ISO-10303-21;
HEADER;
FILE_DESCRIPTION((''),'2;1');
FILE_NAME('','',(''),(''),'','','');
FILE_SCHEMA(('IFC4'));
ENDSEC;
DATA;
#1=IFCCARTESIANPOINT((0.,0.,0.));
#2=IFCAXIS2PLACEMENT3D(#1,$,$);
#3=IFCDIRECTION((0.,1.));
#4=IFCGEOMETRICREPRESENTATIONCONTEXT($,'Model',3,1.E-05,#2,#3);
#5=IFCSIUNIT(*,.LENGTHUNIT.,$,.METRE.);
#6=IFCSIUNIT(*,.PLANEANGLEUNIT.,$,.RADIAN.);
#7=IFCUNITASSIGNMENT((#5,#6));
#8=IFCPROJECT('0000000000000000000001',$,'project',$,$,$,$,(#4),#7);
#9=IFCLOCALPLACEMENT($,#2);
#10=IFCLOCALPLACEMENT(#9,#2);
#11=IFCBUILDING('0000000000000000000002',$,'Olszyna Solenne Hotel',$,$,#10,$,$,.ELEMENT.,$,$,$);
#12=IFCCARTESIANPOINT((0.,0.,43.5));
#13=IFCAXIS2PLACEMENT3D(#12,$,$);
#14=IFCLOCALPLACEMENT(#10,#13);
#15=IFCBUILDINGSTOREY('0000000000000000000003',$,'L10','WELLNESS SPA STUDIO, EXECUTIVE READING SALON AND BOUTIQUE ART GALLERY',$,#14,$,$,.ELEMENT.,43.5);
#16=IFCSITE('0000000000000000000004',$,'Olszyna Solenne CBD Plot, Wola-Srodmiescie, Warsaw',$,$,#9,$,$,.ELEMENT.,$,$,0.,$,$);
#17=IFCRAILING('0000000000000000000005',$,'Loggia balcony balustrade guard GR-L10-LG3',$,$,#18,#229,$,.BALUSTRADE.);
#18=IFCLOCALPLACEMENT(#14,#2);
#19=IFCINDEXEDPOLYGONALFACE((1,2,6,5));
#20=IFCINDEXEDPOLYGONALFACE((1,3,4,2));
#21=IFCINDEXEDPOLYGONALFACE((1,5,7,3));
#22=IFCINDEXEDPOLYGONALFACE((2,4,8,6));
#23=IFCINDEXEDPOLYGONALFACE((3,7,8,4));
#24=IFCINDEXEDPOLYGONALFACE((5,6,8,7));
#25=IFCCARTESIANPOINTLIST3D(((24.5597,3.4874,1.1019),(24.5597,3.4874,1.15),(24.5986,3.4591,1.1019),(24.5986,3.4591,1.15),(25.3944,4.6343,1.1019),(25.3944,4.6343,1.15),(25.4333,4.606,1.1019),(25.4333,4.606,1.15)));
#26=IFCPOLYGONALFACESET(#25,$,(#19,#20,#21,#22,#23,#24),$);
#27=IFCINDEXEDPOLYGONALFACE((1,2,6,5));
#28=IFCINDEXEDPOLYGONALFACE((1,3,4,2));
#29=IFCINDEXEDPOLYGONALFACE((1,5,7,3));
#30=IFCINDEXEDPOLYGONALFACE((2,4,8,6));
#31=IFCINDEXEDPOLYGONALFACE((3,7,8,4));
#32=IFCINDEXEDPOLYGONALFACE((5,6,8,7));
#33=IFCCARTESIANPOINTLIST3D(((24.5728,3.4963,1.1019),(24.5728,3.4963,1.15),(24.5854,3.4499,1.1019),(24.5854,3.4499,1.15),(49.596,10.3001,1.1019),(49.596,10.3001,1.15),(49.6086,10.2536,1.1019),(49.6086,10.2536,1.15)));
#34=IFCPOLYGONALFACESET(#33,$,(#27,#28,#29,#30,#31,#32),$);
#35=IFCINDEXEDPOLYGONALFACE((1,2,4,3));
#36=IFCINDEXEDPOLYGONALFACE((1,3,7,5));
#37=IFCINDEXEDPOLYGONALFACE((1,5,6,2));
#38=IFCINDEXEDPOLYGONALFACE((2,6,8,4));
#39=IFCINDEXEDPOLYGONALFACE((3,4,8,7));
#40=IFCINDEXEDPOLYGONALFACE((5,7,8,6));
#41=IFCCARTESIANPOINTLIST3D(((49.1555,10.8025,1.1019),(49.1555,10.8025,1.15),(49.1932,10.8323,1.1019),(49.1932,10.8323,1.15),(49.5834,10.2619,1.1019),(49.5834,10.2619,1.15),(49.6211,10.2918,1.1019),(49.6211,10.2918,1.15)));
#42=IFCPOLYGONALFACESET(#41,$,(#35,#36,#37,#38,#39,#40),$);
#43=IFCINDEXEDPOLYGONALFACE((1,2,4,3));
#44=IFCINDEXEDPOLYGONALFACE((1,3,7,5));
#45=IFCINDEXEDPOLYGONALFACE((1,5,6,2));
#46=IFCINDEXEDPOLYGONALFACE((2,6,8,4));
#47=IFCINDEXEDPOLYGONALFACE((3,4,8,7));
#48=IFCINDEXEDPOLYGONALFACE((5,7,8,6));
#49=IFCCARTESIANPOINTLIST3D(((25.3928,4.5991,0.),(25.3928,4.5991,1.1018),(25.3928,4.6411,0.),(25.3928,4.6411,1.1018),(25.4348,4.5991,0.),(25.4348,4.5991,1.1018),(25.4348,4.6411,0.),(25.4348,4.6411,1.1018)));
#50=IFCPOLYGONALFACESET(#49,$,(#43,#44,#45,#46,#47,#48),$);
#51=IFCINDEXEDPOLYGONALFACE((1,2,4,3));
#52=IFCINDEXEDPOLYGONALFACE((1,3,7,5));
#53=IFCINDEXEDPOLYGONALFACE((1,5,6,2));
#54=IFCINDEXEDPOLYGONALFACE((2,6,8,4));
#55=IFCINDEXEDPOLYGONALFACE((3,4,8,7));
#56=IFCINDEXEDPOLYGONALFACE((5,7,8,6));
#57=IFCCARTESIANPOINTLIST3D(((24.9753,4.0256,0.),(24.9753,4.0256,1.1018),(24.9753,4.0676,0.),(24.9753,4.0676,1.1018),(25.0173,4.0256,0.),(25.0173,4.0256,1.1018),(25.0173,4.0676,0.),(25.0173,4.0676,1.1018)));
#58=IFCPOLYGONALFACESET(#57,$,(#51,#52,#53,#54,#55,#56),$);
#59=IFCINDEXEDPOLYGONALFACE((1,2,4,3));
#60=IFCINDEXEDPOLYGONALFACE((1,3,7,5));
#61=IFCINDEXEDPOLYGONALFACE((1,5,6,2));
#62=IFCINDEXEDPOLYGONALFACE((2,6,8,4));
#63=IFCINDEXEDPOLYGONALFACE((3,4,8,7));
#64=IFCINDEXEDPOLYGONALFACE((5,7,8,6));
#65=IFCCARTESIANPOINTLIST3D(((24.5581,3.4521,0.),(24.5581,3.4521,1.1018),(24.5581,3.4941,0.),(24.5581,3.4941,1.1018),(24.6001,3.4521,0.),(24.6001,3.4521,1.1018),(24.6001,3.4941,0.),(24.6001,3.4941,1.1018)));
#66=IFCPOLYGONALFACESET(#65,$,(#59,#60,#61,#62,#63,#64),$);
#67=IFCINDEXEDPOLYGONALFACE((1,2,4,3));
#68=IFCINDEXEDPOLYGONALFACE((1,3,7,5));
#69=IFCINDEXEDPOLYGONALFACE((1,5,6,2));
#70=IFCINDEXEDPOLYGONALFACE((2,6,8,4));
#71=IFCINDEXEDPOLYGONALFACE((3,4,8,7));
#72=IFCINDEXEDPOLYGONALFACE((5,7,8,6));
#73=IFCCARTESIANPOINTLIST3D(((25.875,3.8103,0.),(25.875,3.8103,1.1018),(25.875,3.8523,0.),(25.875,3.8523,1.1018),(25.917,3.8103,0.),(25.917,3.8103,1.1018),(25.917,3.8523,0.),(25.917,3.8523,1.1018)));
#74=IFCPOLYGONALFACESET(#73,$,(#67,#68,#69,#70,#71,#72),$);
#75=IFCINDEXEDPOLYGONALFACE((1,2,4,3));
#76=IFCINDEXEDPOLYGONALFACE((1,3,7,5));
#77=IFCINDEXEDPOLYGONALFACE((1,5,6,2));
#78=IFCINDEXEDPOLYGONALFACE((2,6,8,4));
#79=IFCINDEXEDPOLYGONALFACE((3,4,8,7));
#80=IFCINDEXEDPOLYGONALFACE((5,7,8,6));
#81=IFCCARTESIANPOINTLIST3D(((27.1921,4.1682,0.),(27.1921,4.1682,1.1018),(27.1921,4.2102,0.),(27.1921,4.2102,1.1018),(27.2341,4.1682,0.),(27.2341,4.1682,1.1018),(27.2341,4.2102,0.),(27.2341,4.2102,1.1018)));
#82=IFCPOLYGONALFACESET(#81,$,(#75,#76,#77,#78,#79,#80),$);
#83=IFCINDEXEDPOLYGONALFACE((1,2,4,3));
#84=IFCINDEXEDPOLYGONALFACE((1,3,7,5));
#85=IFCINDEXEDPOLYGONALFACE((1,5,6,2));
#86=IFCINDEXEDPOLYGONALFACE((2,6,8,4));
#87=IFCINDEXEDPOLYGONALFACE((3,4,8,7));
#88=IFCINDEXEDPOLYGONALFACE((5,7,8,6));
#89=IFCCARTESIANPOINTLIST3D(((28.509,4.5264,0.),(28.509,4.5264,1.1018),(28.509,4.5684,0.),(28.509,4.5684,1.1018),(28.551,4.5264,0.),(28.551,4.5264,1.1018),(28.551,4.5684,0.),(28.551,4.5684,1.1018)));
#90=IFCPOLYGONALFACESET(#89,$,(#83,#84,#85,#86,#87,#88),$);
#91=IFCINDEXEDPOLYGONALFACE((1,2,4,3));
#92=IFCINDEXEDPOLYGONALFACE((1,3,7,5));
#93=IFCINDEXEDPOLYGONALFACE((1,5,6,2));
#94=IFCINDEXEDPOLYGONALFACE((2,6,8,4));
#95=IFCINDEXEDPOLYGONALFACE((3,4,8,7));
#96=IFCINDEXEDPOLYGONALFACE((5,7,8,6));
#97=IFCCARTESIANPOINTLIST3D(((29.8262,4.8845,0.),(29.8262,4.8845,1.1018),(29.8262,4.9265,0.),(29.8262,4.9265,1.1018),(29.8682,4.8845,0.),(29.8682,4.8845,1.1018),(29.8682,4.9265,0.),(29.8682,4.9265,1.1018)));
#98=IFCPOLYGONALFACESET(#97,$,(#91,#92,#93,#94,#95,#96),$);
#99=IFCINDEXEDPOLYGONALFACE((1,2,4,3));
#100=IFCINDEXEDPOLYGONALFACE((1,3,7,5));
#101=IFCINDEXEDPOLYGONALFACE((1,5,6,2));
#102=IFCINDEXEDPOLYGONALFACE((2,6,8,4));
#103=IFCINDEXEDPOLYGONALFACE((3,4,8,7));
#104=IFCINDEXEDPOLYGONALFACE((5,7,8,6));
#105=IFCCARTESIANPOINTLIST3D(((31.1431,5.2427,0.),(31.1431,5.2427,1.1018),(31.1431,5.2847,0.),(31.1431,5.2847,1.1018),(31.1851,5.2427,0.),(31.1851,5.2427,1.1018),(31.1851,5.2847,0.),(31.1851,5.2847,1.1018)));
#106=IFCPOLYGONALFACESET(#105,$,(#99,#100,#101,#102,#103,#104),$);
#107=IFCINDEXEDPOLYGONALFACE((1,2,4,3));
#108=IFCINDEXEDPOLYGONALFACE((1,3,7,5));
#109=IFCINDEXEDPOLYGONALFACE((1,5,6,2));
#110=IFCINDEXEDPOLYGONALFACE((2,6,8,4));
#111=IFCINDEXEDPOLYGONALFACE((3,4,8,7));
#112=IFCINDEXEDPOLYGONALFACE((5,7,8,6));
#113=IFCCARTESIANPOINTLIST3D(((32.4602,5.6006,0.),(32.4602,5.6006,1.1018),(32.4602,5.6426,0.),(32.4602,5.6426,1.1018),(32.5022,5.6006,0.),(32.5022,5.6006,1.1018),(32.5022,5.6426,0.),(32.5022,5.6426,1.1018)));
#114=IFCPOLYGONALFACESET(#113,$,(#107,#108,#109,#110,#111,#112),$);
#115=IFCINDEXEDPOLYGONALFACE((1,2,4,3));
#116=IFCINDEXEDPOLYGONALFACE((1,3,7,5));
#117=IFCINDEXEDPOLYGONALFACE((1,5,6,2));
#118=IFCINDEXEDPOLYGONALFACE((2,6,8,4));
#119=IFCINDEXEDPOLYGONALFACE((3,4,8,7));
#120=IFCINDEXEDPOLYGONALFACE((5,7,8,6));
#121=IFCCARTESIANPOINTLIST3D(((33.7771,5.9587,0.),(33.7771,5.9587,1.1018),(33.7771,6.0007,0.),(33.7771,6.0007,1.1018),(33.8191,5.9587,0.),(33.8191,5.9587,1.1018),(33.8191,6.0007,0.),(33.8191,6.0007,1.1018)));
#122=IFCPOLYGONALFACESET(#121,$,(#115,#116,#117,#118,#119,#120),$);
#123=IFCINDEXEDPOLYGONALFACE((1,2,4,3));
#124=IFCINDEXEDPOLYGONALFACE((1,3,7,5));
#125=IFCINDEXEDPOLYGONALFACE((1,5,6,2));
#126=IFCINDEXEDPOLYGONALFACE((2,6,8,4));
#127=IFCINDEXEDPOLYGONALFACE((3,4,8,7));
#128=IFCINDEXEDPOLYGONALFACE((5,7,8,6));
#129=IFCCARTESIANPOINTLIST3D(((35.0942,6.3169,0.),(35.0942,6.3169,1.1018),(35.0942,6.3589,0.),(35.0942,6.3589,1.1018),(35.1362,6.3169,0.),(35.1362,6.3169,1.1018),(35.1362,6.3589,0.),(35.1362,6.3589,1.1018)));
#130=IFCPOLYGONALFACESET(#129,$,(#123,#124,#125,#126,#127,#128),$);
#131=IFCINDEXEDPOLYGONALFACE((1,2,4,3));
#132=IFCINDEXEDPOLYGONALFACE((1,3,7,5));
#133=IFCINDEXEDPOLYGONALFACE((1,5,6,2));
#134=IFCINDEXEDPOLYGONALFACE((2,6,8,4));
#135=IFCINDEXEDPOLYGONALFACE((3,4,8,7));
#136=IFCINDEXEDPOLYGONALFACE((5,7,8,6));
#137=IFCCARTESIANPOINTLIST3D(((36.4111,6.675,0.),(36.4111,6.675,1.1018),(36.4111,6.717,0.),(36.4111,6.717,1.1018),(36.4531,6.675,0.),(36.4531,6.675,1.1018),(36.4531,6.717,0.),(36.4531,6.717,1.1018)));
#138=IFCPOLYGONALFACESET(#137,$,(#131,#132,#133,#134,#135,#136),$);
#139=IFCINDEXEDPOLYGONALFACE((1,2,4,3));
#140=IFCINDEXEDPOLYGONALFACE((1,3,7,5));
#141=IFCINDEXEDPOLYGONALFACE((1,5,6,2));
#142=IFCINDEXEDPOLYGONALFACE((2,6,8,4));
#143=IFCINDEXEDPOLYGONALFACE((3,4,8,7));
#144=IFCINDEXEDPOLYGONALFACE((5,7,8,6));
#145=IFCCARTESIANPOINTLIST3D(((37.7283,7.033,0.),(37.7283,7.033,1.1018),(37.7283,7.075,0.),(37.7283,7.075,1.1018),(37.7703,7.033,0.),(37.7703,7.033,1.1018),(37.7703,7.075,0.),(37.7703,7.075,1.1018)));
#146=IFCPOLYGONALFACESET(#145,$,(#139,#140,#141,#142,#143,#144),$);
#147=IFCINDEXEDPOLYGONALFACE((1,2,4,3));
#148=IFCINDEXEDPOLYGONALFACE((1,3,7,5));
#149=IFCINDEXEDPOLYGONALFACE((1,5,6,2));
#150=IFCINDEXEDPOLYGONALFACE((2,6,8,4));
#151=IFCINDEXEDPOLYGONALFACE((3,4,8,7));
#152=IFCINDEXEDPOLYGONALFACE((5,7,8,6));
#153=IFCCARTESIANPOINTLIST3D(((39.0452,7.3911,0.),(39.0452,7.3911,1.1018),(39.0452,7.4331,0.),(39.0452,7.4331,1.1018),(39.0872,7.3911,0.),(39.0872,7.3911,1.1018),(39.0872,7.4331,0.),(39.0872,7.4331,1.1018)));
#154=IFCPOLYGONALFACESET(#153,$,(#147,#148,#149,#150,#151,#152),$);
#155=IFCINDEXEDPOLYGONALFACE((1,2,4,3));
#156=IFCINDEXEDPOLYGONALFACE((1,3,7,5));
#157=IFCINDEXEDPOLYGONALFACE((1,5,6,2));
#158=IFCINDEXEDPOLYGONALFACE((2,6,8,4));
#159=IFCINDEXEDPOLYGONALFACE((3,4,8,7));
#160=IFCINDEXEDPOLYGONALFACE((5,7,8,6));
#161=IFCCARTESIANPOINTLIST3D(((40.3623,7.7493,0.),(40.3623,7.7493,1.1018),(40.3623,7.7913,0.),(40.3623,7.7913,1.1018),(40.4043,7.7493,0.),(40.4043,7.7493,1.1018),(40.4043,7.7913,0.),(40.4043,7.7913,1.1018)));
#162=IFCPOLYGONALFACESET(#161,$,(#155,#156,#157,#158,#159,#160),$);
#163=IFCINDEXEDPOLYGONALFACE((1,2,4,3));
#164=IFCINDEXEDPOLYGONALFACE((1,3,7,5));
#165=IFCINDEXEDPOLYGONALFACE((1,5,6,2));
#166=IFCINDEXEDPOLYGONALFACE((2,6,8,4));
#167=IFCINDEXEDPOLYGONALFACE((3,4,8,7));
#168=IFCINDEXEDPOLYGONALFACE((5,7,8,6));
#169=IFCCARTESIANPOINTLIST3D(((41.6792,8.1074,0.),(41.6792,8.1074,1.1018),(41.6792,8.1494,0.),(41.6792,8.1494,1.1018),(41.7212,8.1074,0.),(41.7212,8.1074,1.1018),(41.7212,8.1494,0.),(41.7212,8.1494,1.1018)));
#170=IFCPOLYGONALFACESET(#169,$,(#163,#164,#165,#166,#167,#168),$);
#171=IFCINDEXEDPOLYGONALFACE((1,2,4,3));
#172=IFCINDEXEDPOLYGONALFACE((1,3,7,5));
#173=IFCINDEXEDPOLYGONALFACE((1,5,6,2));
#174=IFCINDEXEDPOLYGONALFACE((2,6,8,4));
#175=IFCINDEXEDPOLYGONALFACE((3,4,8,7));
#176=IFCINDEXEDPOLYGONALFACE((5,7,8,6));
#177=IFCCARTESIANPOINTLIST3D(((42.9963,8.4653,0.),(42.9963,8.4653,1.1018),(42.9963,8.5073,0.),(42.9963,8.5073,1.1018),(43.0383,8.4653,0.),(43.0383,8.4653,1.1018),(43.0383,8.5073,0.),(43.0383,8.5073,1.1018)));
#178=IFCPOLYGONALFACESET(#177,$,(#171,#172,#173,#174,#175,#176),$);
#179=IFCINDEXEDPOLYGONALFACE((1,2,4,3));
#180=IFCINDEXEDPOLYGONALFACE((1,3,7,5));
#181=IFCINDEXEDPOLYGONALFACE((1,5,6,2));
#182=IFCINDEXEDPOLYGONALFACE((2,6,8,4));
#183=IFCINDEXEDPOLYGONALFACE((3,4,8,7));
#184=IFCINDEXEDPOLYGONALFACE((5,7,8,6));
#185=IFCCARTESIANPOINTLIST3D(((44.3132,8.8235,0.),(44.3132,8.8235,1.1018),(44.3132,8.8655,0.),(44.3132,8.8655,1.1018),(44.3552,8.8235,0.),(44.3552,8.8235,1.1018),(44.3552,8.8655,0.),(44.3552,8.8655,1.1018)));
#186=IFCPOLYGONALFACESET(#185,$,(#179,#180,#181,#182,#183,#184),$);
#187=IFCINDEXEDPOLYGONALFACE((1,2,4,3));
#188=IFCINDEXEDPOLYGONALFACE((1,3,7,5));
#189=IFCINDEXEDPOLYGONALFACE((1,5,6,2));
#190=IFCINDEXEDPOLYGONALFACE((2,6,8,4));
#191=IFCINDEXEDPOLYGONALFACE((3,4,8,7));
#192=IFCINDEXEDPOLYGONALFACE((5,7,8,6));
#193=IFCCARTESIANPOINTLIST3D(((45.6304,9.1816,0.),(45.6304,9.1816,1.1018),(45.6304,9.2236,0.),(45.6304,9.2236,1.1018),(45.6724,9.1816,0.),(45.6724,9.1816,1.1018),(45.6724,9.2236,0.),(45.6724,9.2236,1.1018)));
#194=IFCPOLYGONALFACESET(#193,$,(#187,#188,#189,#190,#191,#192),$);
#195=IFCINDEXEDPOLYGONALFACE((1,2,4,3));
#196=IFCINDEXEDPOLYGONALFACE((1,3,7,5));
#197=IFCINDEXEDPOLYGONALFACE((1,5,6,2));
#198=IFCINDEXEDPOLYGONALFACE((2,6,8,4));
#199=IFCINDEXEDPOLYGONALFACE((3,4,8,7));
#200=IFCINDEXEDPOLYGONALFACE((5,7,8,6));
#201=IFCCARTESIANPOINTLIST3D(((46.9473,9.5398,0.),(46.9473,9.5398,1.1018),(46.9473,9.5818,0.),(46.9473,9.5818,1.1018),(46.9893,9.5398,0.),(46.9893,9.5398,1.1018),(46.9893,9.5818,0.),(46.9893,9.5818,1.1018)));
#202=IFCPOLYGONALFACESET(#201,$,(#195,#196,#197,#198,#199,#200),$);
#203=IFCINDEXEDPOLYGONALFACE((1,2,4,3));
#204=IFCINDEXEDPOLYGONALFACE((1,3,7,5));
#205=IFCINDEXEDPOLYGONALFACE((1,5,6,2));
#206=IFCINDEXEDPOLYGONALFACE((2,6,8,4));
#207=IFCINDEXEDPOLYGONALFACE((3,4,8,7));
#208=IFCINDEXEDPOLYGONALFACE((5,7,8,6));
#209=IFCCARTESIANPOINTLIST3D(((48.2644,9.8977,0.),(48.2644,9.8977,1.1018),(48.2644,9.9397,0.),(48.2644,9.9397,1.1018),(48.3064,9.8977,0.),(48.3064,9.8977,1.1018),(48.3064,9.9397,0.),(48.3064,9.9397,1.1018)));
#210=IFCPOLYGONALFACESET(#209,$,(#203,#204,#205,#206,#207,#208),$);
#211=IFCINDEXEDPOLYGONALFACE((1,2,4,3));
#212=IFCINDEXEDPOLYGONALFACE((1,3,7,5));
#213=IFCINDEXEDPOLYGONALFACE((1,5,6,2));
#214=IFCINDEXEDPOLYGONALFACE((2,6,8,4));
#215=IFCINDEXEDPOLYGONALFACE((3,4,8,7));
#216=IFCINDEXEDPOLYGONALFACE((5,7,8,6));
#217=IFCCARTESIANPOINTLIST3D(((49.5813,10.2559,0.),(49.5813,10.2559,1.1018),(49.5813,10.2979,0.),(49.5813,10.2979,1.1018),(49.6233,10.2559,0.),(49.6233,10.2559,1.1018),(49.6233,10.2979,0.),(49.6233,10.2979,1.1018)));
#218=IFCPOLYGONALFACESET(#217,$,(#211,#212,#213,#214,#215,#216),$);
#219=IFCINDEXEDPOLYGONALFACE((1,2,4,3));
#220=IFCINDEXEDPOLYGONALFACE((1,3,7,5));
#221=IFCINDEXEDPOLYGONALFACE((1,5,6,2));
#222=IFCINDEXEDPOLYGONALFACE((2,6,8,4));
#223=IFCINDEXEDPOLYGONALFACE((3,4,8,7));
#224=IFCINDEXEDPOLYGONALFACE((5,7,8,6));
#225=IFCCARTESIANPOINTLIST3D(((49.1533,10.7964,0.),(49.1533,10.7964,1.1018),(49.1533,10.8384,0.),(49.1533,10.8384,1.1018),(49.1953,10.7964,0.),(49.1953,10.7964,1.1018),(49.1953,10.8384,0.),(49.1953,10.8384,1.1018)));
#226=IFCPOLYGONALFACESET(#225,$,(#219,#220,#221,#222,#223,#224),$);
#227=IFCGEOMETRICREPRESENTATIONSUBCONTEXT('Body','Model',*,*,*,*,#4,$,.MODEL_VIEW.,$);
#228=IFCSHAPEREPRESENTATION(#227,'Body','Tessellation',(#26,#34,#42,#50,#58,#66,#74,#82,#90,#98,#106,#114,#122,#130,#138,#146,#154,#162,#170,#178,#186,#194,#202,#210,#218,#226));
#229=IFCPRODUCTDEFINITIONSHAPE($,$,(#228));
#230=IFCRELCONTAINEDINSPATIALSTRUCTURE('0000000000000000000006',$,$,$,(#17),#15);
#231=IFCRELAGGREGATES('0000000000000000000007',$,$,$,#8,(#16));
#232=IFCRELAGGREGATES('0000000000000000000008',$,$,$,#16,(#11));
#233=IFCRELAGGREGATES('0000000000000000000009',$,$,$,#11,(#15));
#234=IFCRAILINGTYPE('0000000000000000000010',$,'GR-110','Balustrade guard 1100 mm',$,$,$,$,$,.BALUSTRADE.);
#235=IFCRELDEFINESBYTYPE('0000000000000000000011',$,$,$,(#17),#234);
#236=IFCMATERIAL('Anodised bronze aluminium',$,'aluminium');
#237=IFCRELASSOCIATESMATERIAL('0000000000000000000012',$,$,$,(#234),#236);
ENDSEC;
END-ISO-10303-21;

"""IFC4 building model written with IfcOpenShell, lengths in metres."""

from ifc_helpers import new_model, si_unit, direction, frame, origin, origin_2d, place, context, subcontext, project, spatial, rectangle, extrude, material, type_object, element, save


model = new_model("IFC4")

# Units and contexts
model_context = context("Model", 3, precision=1e-05, world=origin(), true_north=direction((0.0, 1.0)))
body_context = subcontext(model_context, "Body", "Model", "MODEL_VIEW")
ifc_project = project(units=[si_unit("LENGTHUNIT", "METRE"), si_unit("PLANEANGLEUNIT", "RADIAN")], contexts=[model_context])

# Site, building, storey
site_placement = place(None, origin())
site = spatial("IfcSite", under=ifc_project, at=site_placement, Name="Olszyna Solenne CBD Plot, Wola-Srodmiescie, Warsaw", CompositionType="ELEMENT", RefElevation=0.0)
building_placement = place(site_placement, origin())
building = spatial("IfcBuilding", under=site, at=building_placement, Name="Olszyna Solenne Hotel", CompositionType="ELEMENT")
storey_placement = place(building_placement, frame((0.0, 0.0, 43.5)))
storey = spatial("IfcBuildingStorey", under=building, at=storey_placement, Name="L10", Description="WELLNESS SPA STUDIO, EXECUTIVE READING SALON AND BOUTIQUE ART GALLERY", CompositionType="ELEMENT", Elevation=43.5)

# Shared definitions
ifc_material_1 = material(Name="Anodised bronze aluminium", Category="aluminium")

# Railing
railing_type = type_object("IfcRailingType", Name="GR-110", Description="Balustrade guard 1100 mm", PredefinedType="BALUSTRADE", material=ifc_material_1)
railing_1_placement = place(storey_placement, frame((25.4138, 4.6201, 0.0)))
element("IfcRailing", 1, at=railing_1_placement, inside=storey, type_object=railing_type, Name="Loggia balcony balustrade guard GR-L10-LG3", PredefinedType="BALUSTRADE", context=body_context, shape_type="SweptSolid", body=[
    extrude(rectangle(XDim=0.0481, YDim=0.0481, at=origin_2d()), frame((0.0, 0.0, 1.126), z_axis=(-0.588428, -0.80855, 0.0), x_axis=(0.80855, -0.588428, 0.0)), (0.0, 0.0, 1.0), 1.4185),
    extrude(rectangle(XDim=0.0481, YDim=0.0481, at=origin_2d()), frame((-0.8347, -1.147, 1.126), z_axis=(0.964967, 0.262371, 0.0), x_axis=(-0.262371, 0.964967, 0.0)), (0.0, 0.0, 1.0), 25.9316),
    extrude(rectangle(XDim=0.0481, YDim=0.0481, at=origin_2d()), frame((24.1885, 5.6567, 1.126), z_axis=(-0.620757, 0.784003, 0.0), x_axis=(-0.784003, -0.620757, 0.0)), (0.0, 0.0, 1.0), 0.6895),
    extrude(rectangle(XDim=0.042, YDim=0.042, at=origin_2d()), origin(), (0.0, 0.0, 1.0), 1.1018),
    extrude(rectangle(XDim=0.042, YDim=0.042, at=origin_2d()), frame((-0.4175, -0.5735, 0.0)), (0.0, 0.0, 1.0), 1.1018),
    extrude(rectangle(XDim=0.042, YDim=0.042, at=origin_2d()), frame((-0.8347, -1.147, 0.0)), (0.0, 0.0, 1.0), 1.1018),
    extrude(rectangle(XDim=0.042, YDim=0.042, at=origin_2d()), frame((0.4822, -0.7888, 0.0)), (0.0, 0.0, 1.0), 1.1018),
    extrude(rectangle(XDim=0.042, YDim=0.042, at=origin_2d()), frame((1.7993, -0.4309, 0.0)), (0.0, 0.0, 1.0), 1.1018),
    extrude(rectangle(XDim=0.042, YDim=0.042, at=origin_2d()), frame((3.1162, -0.0728, 0.0)), (0.0, 0.0, 1.0), 1.1018),
    extrude(rectangle(XDim=0.042, YDim=0.042, at=origin_2d()), frame((4.4333, 0.2854, 0.0)), (0.0, 0.0, 1.0), 1.1018),
    extrude(rectangle(XDim=0.042, YDim=0.042, at=origin_2d()), frame((5.7502, 0.6436, 0.0)), (0.0, 0.0, 1.0), 1.1018),
    extrude(rectangle(XDim=0.042, YDim=0.042, at=origin_2d()), frame((7.0674, 1.0015, 0.0)), (0.0, 0.0, 1.0), 1.1018),
    extrude(rectangle(XDim=0.042, YDim=0.042, at=origin_2d()), frame((8.3843, 1.3596, 0.0)), (0.0, 0.0, 1.0), 1.1018),
    extrude(rectangle(XDim=0.042, YDim=0.042, at=origin_2d()), frame((9.7014, 1.7178, 0.0)), (0.0, 0.0, 1.0), 1.1018),
    extrude(rectangle(XDim=0.042, YDim=0.042, at=origin_2d()), frame((11.0183, 2.0759, 0.0)), (0.0, 0.0, 1.0), 1.1018),
    extrude(rectangle(XDim=0.042, YDim=0.042, at=origin_2d()), frame((12.3354, 2.4338, 0.0)), (0.0, 0.0, 1.0), 1.1018),
    extrude(rectangle(XDim=0.042, YDim=0.042, at=origin_2d()), frame((13.6523, 2.792, 0.0)), (0.0, 0.0, 1.0), 1.1018),
    extrude(rectangle(XDim=0.042, YDim=0.042, at=origin_2d()), frame((14.9695, 3.1501, 0.0)), (0.0, 0.0, 1.0), 1.1018),
    extrude(rectangle(XDim=0.042, YDim=0.042, at=origin_2d()), frame((16.2864, 3.5083, 0.0)), (0.0, 0.0, 1.0), 1.1018),
    extrude(rectangle(XDim=0.042, YDim=0.042, at=origin_2d()), frame((17.6035, 3.8662, 0.0)), (0.0, 0.0, 1.0), 1.1018),
    extrude(rectangle(XDim=0.042, YDim=0.042, at=origin_2d()), frame((18.9204, 4.2244, 0.0)), (0.0, 0.0, 1.0), 1.1018),
    extrude(rectangle(XDim=0.042, YDim=0.042, at=origin_2d()), frame((20.2375, 4.5825, 0.0)), (0.0, 0.0, 1.0), 1.1018),
    extrude(rectangle(XDim=0.042, YDim=0.042, at=origin_2d()), frame((21.5544, 4.9407, 0.0)), (0.0, 0.0, 1.0), 1.1018),
    extrude(rectangle(XDim=0.042, YDim=0.042, at=origin_2d()), frame((22.8716, 5.2986, 0.0)), (0.0, 0.0, 1.0), 1.1018),
    extrude(rectangle(XDim=0.042, YDim=0.042, at=origin_2d()), frame((24.1885, 5.6567, 0.0)), (0.0, 0.0, 1.0), 1.1018),
    extrude(rectangle(XDim=0.042, YDim=0.042, at=origin_2d()), frame((23.7605, 6.1973, 0.0)), (0.0, 0.0, 1.0), 1.1018),
])

save(model, "model.ifc")
